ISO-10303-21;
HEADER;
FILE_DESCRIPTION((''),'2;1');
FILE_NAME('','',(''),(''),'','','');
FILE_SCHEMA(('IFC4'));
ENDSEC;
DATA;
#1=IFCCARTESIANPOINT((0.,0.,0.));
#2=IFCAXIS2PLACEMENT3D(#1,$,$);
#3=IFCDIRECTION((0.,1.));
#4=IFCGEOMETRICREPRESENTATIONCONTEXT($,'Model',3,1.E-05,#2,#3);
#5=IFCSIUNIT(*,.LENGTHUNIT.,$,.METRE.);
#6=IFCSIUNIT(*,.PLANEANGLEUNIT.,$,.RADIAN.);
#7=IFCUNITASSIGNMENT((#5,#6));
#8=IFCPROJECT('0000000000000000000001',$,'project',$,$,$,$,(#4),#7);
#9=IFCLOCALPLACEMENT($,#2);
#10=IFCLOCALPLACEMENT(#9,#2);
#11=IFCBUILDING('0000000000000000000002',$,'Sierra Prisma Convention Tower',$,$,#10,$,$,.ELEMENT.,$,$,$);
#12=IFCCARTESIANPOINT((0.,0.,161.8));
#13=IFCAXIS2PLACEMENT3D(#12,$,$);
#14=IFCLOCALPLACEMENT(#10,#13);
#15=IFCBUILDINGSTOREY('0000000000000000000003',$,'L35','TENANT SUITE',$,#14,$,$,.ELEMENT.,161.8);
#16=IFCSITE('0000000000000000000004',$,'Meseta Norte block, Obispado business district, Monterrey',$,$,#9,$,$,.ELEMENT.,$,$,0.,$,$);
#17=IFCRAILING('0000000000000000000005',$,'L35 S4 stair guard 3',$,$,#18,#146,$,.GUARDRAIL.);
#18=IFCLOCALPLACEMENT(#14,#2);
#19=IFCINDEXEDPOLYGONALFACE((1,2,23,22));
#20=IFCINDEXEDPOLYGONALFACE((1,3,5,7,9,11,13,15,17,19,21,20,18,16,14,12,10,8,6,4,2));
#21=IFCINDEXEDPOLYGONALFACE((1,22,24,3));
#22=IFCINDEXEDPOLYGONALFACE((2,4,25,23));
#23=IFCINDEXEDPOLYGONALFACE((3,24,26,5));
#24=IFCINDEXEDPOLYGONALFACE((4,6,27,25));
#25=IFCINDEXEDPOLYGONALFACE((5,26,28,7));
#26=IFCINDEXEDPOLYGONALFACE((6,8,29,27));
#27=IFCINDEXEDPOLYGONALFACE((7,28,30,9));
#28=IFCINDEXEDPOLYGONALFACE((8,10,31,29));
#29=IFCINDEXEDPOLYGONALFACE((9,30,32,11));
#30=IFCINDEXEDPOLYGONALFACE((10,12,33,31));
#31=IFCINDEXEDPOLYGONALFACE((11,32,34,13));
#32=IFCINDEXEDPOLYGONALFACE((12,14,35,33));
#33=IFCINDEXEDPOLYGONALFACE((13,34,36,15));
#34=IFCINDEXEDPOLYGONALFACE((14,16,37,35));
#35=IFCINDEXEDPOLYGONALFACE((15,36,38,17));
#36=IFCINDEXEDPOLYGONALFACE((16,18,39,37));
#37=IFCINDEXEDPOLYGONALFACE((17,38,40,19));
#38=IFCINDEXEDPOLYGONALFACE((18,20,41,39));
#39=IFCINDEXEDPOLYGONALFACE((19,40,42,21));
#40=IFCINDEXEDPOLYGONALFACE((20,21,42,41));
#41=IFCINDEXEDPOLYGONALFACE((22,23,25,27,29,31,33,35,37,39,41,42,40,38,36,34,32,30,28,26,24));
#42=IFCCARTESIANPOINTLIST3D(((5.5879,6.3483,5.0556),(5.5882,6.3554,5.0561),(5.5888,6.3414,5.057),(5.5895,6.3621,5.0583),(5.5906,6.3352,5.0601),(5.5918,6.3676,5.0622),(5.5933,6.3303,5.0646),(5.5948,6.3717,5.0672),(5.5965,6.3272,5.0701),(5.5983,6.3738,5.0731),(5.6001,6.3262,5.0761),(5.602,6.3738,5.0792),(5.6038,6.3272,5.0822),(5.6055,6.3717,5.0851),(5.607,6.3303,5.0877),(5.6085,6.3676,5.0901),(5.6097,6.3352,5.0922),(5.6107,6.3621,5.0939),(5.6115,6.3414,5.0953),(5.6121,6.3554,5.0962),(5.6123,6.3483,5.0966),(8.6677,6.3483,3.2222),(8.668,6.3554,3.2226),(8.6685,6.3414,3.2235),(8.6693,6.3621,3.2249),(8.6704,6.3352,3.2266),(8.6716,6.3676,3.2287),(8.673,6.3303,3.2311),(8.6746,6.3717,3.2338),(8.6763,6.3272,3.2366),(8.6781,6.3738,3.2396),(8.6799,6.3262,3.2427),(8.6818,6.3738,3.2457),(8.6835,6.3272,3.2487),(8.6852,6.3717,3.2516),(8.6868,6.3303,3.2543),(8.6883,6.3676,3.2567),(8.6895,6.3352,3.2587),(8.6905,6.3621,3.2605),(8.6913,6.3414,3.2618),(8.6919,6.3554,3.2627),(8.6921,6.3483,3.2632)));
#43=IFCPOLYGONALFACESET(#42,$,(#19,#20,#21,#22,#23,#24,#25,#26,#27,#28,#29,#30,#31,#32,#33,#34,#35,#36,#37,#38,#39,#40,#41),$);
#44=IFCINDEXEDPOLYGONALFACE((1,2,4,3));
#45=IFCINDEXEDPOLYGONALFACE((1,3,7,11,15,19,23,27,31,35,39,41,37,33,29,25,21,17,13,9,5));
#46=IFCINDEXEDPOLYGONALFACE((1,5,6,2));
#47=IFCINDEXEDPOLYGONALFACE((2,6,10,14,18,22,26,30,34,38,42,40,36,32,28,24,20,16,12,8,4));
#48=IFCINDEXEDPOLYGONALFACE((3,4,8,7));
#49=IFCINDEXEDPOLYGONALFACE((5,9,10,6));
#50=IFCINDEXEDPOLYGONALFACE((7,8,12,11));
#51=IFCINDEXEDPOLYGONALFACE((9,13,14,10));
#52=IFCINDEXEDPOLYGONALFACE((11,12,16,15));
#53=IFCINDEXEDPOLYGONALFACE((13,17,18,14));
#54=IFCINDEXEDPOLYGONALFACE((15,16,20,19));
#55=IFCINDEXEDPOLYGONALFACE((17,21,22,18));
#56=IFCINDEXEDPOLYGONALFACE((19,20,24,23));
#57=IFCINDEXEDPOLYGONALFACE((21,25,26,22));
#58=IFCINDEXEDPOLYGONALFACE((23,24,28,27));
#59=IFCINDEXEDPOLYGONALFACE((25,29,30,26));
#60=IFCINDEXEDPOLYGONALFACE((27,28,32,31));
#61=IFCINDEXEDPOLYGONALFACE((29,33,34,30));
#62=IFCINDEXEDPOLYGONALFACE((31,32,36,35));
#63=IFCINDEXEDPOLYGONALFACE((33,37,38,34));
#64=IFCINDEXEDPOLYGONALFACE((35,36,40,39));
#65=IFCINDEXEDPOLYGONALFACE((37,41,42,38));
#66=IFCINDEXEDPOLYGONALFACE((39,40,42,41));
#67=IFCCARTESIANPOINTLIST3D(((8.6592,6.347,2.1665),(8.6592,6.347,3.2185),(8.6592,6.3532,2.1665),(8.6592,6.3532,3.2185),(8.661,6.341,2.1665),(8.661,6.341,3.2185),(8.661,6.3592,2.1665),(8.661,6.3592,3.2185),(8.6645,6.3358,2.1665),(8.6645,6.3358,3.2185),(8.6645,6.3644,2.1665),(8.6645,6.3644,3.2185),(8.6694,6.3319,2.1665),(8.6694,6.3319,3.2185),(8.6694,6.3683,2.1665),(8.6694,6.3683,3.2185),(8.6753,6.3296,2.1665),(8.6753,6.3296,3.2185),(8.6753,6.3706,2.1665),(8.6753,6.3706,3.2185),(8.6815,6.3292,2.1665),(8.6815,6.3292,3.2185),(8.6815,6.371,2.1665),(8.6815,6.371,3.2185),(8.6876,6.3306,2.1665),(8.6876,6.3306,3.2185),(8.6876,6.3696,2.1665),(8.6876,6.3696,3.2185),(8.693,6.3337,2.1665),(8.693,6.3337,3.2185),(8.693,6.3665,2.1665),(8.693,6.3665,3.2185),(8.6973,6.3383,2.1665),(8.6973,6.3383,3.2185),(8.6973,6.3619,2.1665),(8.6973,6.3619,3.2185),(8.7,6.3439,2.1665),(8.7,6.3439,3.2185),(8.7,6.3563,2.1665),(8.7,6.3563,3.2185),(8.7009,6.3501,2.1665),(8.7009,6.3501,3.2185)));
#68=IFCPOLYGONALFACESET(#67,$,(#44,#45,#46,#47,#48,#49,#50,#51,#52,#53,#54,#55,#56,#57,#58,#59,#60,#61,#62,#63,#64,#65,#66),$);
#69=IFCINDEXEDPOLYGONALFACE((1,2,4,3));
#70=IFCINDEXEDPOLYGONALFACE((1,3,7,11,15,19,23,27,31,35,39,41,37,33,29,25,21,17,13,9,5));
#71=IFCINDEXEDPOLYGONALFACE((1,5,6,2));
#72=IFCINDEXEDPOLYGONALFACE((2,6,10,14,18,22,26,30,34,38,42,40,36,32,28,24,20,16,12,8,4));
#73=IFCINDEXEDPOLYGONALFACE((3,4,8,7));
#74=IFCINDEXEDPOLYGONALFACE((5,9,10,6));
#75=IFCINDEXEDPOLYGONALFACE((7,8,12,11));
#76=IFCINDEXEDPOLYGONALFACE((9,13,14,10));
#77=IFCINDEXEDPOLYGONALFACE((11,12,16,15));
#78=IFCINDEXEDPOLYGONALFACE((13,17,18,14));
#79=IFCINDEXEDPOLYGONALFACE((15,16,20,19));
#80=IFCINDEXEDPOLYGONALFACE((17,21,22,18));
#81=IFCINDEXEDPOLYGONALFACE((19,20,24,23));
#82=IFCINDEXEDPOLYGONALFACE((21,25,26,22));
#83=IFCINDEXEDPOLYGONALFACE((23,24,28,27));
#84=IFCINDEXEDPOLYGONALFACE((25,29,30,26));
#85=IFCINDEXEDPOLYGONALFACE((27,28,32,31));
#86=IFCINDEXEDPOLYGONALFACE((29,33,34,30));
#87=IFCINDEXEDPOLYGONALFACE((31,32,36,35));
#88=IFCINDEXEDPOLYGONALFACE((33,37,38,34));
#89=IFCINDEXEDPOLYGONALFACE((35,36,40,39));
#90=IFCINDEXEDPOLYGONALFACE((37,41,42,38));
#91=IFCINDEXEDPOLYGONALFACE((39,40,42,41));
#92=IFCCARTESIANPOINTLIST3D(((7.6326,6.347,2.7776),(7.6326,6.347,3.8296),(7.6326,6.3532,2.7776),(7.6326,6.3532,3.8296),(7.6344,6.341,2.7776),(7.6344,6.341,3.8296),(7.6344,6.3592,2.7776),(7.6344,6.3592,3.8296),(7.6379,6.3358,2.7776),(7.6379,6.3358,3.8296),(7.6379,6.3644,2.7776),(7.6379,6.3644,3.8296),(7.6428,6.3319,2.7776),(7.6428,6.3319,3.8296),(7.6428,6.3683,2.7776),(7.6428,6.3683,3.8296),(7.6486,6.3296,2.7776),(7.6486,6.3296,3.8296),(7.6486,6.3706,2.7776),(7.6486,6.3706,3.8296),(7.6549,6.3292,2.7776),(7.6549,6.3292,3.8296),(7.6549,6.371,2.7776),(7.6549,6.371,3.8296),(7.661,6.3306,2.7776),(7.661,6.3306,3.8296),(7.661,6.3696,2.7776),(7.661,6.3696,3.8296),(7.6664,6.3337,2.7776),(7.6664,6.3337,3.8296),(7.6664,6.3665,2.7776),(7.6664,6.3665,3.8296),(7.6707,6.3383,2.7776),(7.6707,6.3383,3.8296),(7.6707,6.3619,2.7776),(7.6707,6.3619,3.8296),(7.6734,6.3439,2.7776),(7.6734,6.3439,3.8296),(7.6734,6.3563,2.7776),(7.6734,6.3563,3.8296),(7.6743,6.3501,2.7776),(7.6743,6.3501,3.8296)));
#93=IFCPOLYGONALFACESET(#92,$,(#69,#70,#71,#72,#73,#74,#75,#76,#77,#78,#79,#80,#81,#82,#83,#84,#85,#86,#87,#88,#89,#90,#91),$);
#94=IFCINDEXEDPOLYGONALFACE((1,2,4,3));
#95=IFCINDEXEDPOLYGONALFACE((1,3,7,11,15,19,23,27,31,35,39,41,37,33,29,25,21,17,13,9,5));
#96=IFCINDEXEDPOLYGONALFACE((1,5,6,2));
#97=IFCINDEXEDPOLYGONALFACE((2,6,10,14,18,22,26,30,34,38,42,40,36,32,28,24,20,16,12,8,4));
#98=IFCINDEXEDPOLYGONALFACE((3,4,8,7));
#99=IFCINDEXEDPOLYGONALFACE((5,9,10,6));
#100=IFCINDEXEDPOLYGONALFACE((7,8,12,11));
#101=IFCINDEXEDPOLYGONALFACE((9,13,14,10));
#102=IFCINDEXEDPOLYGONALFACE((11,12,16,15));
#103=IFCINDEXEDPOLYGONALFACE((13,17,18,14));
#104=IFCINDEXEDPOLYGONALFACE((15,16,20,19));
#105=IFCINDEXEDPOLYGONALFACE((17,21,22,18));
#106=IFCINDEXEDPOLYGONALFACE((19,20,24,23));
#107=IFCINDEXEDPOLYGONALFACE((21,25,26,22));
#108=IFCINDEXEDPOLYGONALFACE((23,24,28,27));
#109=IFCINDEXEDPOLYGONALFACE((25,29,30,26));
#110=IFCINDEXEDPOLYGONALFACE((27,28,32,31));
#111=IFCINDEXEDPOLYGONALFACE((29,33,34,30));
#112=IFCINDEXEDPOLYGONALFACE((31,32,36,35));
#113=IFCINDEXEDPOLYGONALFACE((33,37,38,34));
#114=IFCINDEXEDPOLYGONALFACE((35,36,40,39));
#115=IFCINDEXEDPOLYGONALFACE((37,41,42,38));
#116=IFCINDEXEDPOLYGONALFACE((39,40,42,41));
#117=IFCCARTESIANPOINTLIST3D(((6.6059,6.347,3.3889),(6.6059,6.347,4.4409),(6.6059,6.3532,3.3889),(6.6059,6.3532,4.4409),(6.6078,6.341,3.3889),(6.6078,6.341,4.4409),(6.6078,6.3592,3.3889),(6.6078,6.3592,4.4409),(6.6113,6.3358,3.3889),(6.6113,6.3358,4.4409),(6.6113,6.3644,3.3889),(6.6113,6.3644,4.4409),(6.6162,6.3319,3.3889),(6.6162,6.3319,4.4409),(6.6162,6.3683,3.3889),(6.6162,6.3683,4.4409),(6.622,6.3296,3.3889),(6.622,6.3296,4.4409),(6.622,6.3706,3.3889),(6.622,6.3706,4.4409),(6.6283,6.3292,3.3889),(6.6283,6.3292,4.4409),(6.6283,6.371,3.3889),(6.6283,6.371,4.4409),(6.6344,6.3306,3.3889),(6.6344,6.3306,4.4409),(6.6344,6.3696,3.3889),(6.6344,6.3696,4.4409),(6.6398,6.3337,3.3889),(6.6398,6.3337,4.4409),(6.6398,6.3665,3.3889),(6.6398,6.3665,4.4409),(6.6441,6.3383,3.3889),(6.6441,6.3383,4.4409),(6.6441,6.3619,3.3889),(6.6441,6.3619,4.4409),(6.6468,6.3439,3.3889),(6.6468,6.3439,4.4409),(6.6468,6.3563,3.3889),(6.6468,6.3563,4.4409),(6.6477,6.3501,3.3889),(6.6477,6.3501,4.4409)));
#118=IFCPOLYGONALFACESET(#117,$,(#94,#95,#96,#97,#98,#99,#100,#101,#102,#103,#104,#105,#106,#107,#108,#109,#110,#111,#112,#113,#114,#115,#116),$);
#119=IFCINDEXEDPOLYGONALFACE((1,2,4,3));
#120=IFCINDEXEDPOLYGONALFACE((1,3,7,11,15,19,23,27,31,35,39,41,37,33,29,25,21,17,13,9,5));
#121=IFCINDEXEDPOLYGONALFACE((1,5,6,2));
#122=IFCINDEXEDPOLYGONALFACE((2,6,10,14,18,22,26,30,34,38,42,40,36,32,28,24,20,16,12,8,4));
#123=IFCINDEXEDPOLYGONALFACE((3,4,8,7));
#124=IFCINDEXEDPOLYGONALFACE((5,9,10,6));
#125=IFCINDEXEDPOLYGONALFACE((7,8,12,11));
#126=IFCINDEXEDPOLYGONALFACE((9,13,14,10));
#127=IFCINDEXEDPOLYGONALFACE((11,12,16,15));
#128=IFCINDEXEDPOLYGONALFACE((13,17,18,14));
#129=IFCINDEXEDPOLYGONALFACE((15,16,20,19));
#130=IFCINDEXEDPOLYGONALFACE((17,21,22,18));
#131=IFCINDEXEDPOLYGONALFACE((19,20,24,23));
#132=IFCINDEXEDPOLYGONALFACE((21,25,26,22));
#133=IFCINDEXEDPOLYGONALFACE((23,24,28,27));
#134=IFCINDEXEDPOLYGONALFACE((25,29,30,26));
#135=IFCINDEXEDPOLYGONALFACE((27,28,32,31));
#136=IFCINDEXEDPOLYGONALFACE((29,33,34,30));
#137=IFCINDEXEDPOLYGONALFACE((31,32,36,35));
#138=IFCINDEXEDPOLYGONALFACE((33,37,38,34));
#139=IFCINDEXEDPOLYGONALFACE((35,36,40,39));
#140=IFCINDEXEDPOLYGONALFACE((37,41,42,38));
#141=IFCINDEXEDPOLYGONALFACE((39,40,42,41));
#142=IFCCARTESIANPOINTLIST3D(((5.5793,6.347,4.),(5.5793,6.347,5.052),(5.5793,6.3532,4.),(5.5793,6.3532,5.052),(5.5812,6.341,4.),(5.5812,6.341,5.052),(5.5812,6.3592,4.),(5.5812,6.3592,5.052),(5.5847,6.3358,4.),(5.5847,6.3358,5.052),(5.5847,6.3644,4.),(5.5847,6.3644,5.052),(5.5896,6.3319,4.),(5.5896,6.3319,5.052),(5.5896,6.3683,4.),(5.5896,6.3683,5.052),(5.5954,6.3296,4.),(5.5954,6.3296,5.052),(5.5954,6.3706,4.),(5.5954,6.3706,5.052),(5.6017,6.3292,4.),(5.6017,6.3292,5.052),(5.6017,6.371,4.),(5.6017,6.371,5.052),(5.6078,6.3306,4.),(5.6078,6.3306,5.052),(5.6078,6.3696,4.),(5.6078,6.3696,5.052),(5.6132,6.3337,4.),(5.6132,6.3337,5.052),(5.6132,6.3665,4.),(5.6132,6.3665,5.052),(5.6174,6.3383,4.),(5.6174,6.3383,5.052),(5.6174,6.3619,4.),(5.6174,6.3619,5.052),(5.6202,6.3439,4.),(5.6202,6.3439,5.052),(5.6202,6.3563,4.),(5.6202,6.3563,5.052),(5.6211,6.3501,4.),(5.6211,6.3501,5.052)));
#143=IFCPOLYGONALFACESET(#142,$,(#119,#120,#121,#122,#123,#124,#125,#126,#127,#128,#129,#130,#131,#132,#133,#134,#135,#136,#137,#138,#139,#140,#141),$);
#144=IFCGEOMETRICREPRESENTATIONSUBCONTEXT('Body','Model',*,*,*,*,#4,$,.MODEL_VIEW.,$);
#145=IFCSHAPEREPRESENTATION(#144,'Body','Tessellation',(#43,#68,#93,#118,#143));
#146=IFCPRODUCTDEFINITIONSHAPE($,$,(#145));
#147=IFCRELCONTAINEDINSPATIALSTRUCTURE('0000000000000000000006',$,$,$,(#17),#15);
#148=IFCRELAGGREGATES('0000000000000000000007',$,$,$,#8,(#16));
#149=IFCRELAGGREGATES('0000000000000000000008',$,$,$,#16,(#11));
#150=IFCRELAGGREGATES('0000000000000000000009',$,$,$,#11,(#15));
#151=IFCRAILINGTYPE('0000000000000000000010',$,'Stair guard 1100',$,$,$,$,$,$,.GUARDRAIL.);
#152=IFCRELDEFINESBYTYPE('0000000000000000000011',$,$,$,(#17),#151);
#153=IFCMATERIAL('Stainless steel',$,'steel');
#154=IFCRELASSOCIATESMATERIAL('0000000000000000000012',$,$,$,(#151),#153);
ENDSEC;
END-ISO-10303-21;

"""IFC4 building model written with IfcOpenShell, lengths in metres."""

from ifc_helpers import new_model, si_unit, direction, frame, origin, origin_2d, place, context, subcontext, project, spatial, circle, extrude, material, type_object, element, save


model = new_model("IFC4")

# Units and contexts
model_context = context("Model", 3, precision=1e-05, world=origin(), true_north=direction((0.0, 1.0)))
body_context = subcontext(model_context, "Body", "Model", "MODEL_VIEW")
ifc_project = project(units=[si_unit("LENGTHUNIT", "METRE"), si_unit("PLANEANGLEUNIT", "RADIAN")], contexts=[model_context])

# Site, building, storey
site_placement = place(None, origin())
site = spatial("IfcSite", under=ifc_project, at=site_placement, Name="Meseta Norte block, Obispado business district, Monterrey", CompositionType="ELEMENT", RefElevation=0.0)
building_placement = place(site_placement, origin())
building = spatial("IfcBuilding", under=site, at=building_placement, Name="Sierra Prisma Convention Tower", CompositionType="ELEMENT")
storey_placement = place(building_placement, frame((0.0, 0.0, 161.8)))
storey = spatial("IfcBuildingStorey", under=building, at=storey_placement, Name="L35", Description="TENANT SUITE", CompositionType="ELEMENT", Elevation=161.8)

# Railing
ifc_material_1 = material(Name="Stainless steel", Category="steel")
railing_type_1 = type_object("IfcRailingType", Name="Stair guard 1100", PredefinedType="GUARDRAIL", material=ifc_material_1)
railing_1_placement = place(storey_placement, frame((8.6799, 6.3501, 2.1665)))
element("IfcRailing", 1, at=railing_1_placement, inside=storey, type_object=railing_type_1, Name="L35 S4 stair guard 3", PredefinedType="GUARDRAIL", context=body_context, shape_type="SweptSolid", body=[
    extrude(circle(Radius=0.0239, at=origin_2d()), frame((0.0, 0.0, 1.0762), z_axis=(-0.859261, 0.0, 0.511538), x_axis=(0.0, -1.0, 0.0)), (0.0, 0.0, 1.0), 3.5842),
    extrude(circle(Radius=0.021, at=origin_2d()), origin(), (0.0, 0.0, 1.0), 1.052),
    extrude(circle(Radius=0.021, at=origin_2d()), frame((-1.0266, 0.0, 0.6111)), (0.0, 0.0, 1.0), 1.052),
    extrude(circle(Radius=0.021, at=origin_2d()), frame((-2.0532, 0.0, 1.2224)), (0.0, 0.0, 1.0), 1.052),
    extrude(circle(Radius=0.021, at=origin_2d()), frame((-3.0798, 0.0, 1.8335)), (0.0, 0.0, 1.0), 1.052),
])

save(model, "model.ifc")
